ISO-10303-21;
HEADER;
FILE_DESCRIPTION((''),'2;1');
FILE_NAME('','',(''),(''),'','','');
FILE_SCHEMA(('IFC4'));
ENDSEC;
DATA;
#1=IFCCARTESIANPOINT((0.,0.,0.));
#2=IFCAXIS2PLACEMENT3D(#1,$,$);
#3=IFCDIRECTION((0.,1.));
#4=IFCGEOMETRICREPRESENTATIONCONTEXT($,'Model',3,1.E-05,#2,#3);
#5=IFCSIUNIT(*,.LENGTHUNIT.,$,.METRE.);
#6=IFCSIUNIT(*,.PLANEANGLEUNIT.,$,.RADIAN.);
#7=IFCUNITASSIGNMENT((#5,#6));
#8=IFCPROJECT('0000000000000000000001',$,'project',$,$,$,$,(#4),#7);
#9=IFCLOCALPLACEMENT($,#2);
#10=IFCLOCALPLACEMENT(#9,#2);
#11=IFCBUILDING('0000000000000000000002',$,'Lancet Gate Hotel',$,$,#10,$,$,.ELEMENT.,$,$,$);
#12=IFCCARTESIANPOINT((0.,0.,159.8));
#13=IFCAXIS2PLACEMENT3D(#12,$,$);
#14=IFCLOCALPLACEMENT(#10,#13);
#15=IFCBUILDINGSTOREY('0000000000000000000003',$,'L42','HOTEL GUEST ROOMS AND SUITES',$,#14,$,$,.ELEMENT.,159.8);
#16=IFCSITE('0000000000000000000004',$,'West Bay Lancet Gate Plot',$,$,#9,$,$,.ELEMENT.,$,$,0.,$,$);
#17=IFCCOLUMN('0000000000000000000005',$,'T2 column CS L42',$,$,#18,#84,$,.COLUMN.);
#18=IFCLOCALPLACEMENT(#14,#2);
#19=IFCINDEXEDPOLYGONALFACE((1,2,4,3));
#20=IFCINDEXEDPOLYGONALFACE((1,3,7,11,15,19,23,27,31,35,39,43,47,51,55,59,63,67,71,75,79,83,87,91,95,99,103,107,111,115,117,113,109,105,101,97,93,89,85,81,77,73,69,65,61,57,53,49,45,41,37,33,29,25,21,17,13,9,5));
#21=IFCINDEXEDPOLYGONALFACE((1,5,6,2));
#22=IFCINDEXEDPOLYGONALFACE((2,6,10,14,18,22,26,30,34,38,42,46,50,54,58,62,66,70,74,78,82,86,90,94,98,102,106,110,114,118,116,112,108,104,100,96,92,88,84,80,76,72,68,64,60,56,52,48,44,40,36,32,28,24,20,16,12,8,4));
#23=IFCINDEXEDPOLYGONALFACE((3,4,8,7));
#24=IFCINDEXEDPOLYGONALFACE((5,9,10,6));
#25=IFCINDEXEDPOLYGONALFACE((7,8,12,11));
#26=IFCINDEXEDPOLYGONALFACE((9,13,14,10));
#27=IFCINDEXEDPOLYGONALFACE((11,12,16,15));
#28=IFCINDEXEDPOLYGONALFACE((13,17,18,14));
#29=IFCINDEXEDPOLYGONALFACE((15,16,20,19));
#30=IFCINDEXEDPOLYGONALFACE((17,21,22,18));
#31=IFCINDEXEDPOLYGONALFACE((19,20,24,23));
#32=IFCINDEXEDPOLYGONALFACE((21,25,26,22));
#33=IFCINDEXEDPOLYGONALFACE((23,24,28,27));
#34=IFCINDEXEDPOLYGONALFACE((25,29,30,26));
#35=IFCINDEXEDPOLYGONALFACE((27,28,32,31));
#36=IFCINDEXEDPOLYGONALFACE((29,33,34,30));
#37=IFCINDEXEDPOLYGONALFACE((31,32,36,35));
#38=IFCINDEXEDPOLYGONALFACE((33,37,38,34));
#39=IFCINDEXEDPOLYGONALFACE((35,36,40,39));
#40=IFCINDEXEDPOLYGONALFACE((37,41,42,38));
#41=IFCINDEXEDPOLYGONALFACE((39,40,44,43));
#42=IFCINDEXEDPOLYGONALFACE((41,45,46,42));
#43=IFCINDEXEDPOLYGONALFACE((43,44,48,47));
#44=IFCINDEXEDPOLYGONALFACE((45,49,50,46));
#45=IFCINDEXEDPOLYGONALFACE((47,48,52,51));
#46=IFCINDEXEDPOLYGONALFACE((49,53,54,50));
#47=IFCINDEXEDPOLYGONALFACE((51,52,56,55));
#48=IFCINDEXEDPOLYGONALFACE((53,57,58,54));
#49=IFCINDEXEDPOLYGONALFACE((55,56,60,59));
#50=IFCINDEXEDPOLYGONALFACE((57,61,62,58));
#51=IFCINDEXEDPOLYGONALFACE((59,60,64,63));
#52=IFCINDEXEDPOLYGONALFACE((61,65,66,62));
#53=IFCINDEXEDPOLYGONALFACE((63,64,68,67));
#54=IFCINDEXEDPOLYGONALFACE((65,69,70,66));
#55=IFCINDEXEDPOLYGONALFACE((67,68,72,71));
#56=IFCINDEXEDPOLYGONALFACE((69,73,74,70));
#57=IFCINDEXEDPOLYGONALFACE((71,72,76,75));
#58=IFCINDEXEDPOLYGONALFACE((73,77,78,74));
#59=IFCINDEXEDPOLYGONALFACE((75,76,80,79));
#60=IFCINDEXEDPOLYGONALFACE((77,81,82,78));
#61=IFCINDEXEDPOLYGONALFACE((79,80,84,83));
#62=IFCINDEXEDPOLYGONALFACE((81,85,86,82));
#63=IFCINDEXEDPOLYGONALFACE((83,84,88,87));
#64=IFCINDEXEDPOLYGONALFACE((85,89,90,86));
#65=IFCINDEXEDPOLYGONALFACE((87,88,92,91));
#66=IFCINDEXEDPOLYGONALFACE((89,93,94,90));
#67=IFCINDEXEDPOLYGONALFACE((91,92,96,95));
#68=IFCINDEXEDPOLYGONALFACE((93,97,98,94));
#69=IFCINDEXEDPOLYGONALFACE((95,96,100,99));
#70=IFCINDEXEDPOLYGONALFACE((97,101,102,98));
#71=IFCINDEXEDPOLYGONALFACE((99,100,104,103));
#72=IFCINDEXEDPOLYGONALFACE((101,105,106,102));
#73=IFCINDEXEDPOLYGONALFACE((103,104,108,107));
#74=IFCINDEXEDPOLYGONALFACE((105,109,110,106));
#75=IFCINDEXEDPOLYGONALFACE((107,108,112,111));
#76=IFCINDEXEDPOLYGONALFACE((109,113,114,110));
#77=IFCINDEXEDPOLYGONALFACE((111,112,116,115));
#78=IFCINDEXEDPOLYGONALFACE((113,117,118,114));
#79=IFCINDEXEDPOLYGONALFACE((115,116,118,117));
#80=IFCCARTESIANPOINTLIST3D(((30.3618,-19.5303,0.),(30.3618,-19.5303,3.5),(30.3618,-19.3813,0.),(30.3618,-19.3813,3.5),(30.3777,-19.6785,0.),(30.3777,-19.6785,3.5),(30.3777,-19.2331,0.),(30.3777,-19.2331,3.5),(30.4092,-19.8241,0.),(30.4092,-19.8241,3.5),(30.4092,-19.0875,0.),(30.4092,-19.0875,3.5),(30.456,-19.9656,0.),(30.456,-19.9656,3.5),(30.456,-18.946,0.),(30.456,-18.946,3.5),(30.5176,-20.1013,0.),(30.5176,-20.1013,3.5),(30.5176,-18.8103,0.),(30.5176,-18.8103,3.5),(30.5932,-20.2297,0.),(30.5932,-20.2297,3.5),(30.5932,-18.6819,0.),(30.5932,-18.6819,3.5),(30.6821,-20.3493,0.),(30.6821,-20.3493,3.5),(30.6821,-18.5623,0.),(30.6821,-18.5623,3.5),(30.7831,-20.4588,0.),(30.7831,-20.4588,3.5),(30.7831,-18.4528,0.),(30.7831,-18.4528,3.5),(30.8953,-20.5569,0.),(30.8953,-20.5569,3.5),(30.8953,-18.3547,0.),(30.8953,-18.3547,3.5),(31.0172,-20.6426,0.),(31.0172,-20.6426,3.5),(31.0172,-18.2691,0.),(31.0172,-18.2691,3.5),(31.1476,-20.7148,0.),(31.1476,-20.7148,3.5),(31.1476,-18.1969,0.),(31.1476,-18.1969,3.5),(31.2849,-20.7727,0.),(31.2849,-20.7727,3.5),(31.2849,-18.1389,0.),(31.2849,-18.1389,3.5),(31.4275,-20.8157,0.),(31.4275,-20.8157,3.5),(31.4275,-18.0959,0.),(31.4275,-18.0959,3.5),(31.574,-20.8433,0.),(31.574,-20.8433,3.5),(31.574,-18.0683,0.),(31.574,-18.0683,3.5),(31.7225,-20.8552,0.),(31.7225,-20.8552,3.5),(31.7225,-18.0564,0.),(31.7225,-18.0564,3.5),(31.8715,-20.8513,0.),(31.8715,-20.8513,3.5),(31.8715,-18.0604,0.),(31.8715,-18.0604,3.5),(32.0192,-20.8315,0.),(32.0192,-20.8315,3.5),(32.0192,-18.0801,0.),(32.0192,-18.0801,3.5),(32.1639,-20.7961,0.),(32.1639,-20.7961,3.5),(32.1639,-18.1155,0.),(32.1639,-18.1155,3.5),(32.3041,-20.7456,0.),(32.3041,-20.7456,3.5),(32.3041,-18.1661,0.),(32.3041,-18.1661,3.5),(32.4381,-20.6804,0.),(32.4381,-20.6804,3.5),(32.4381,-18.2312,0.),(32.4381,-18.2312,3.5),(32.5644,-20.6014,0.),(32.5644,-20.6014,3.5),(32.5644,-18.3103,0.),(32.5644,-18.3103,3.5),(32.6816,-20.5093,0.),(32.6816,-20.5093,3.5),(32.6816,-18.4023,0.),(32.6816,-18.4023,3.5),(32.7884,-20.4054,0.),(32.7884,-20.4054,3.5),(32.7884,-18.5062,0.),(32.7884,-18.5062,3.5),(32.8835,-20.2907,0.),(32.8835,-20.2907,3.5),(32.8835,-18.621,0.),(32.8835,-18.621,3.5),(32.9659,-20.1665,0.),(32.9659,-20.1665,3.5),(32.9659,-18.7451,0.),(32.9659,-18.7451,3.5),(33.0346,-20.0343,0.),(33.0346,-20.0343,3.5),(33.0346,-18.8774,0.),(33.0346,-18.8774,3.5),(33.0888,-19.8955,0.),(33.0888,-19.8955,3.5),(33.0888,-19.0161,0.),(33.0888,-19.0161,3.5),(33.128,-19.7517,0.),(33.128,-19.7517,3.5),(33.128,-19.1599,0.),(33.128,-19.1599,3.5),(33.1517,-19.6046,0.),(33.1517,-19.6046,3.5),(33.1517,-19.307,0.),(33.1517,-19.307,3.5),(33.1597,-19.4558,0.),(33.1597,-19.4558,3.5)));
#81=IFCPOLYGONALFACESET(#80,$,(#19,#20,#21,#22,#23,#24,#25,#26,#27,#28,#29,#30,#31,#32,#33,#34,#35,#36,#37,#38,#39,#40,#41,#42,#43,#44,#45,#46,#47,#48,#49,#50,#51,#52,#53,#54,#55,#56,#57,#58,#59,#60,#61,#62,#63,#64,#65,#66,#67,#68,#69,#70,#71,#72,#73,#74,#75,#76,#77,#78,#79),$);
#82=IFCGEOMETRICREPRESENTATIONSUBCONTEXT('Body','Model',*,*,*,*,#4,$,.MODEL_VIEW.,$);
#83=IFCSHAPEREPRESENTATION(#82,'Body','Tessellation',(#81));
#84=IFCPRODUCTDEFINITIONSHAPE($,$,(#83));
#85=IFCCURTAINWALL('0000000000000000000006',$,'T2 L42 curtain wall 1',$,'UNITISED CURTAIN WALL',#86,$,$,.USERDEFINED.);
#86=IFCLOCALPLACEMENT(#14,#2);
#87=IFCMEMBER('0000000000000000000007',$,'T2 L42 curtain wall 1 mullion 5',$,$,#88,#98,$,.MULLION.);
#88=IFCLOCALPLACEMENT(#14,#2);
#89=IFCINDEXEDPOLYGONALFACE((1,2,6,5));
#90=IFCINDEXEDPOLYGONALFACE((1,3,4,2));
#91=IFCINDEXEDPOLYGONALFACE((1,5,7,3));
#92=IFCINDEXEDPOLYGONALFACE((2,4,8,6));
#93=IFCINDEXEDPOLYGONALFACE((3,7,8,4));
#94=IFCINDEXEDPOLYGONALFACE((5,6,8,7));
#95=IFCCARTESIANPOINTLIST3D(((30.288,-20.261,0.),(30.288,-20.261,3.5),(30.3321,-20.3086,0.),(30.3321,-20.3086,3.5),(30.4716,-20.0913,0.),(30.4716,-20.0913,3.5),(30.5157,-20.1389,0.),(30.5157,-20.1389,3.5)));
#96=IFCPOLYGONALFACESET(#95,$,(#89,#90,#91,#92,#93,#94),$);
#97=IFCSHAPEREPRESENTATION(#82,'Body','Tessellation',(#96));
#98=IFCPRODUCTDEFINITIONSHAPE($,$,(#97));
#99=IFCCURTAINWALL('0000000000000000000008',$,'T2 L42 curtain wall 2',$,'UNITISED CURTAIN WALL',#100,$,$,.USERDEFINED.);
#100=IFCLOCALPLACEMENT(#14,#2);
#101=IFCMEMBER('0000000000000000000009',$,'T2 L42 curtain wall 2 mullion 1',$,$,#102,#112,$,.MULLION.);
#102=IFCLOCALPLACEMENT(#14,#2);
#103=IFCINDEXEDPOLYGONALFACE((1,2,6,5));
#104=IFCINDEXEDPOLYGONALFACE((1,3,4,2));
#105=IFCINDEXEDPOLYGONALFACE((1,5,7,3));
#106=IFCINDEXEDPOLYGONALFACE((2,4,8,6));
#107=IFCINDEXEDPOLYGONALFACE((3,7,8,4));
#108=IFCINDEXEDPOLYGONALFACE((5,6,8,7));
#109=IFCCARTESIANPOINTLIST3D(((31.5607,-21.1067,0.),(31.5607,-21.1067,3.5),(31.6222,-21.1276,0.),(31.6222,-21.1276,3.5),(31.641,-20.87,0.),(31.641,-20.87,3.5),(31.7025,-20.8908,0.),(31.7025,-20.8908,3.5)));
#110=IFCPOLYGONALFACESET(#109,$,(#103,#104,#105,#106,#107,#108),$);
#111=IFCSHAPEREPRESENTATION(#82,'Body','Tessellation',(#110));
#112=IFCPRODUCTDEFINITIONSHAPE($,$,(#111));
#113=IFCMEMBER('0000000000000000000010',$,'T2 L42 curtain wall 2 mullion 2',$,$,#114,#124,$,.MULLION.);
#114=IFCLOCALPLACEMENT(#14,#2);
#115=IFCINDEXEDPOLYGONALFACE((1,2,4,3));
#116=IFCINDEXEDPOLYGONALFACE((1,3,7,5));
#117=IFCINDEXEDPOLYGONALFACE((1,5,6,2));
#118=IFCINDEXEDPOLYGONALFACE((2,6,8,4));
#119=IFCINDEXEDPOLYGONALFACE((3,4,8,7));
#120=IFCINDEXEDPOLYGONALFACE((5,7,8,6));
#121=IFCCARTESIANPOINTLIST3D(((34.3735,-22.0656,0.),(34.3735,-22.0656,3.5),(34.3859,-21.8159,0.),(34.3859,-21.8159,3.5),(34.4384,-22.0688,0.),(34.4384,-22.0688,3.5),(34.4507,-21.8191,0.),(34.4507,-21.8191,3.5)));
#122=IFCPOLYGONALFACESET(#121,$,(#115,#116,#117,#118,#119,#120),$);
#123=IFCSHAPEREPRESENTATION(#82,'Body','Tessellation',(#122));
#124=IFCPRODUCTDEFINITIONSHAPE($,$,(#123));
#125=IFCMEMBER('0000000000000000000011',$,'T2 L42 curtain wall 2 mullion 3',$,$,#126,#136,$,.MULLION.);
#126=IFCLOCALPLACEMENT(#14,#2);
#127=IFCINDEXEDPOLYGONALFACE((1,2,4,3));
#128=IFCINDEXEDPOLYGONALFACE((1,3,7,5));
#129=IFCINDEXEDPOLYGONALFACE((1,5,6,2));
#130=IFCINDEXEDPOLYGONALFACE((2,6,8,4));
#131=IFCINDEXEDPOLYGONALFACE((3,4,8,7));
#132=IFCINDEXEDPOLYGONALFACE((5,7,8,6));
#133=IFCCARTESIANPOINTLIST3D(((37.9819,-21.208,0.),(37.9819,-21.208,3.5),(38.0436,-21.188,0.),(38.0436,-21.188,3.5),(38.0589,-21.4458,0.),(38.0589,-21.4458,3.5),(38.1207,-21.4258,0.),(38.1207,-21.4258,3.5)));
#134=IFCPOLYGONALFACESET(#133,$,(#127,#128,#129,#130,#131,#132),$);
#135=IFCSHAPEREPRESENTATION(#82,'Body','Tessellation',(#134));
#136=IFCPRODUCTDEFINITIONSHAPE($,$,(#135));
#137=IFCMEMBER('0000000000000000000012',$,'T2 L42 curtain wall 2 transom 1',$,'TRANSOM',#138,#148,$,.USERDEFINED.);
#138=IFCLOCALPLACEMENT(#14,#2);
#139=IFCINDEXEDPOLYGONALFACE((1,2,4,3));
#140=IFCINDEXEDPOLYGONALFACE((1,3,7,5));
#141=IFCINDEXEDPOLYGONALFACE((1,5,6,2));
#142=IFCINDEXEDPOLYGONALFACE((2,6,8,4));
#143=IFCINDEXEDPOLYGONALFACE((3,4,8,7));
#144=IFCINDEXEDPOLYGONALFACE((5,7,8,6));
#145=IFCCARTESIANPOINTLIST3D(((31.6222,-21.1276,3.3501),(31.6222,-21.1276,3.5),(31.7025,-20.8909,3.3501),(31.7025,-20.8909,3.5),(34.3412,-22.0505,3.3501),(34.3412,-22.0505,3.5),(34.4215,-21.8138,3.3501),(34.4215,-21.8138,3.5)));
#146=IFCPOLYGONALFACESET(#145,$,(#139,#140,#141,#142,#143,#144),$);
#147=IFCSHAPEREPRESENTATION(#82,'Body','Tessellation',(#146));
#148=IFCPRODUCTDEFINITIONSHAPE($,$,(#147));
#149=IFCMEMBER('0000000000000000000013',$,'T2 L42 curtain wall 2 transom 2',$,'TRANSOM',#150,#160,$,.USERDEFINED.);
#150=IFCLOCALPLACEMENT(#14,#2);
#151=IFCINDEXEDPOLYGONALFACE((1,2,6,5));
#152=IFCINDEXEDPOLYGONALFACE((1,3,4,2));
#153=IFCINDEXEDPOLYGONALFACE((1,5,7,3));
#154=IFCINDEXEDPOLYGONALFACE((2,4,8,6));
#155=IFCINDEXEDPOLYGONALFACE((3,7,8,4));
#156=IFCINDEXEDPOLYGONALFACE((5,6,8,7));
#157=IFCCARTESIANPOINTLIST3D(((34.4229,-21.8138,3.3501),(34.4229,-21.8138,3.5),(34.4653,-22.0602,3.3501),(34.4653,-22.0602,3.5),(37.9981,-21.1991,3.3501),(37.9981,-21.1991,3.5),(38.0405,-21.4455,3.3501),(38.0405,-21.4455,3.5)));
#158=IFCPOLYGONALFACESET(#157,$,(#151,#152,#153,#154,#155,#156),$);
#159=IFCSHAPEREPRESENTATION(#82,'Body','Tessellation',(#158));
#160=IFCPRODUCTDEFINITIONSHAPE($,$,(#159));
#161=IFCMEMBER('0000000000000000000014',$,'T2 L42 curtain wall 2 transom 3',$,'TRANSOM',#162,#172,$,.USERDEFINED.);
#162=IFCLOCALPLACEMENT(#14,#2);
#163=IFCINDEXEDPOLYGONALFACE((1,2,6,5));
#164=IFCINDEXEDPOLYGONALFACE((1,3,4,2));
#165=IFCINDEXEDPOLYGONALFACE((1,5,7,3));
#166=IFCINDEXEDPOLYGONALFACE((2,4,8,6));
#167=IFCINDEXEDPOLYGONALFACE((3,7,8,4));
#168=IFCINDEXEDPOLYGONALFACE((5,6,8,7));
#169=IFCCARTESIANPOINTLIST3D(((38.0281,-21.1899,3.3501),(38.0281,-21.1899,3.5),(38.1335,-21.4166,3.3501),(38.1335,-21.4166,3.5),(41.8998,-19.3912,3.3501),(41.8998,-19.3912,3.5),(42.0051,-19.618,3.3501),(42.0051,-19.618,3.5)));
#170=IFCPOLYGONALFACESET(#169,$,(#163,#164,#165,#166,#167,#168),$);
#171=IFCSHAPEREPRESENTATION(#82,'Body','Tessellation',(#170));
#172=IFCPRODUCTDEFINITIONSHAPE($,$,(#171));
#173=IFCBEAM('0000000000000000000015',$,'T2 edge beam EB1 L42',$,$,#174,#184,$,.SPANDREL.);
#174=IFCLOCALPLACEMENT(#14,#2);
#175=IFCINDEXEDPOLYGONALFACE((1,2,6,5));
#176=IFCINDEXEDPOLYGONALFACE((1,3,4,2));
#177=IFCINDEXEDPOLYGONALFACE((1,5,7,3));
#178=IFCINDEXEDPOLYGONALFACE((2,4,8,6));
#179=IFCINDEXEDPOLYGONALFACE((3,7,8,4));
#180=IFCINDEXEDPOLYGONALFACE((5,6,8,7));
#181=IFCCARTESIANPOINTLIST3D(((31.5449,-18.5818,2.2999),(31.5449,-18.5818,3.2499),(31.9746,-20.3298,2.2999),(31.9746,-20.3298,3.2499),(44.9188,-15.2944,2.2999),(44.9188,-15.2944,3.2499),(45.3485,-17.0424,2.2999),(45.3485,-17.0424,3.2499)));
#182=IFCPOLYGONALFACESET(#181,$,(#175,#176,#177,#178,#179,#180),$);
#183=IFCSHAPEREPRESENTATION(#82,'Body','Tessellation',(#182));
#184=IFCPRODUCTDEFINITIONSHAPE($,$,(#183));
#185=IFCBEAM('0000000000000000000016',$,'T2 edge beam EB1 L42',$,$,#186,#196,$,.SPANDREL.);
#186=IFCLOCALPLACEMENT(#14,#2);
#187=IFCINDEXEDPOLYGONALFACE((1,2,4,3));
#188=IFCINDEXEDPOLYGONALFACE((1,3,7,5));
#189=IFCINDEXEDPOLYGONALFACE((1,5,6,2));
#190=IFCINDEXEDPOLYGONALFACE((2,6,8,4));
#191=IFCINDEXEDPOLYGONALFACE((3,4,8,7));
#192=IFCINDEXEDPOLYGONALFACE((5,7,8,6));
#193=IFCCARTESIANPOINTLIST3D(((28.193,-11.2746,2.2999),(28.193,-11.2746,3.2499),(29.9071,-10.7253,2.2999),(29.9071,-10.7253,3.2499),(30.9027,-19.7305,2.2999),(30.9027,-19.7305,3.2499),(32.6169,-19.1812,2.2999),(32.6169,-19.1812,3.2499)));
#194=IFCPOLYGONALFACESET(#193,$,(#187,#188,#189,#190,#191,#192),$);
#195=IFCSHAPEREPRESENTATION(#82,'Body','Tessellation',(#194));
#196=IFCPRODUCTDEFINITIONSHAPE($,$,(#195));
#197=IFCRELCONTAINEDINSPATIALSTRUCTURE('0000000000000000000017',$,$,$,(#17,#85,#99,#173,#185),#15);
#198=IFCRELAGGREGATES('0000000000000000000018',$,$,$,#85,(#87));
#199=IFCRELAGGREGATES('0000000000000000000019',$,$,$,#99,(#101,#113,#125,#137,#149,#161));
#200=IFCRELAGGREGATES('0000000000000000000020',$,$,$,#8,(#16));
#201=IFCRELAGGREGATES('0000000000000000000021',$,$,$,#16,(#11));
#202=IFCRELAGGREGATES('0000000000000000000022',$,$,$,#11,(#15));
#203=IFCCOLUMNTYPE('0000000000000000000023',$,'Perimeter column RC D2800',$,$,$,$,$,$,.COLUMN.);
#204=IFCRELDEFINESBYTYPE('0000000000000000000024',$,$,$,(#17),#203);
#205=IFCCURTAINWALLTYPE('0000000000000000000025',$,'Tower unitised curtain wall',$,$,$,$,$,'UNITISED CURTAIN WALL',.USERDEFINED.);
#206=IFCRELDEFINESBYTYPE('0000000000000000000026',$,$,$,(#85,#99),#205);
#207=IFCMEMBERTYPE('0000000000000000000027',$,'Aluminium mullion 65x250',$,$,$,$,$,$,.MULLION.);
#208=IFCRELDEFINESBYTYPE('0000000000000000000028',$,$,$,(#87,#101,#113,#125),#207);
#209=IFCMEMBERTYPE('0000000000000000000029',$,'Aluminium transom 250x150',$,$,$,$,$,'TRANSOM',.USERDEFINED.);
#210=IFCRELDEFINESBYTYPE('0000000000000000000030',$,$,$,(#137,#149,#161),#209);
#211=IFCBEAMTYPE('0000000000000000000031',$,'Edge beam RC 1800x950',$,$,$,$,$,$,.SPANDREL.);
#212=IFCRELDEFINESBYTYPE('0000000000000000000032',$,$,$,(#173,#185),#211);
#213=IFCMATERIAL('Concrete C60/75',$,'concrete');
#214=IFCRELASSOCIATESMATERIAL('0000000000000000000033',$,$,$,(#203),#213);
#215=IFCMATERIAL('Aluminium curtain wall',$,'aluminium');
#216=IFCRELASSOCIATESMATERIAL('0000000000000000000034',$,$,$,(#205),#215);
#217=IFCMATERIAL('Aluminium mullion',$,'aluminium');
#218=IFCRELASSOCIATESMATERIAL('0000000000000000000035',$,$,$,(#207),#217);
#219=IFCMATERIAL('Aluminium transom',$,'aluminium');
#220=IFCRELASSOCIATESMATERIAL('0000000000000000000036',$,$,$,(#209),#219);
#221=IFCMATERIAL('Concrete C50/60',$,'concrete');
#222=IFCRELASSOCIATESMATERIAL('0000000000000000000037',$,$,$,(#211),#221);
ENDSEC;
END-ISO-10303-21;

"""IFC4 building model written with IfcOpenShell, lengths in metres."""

from ifc_helpers import new_model, si_unit, direction, frame, origin, origin_2d, place, context, subcontext, project, spatial, rectangle, circle, extrude, material, material_profile, profile_set, type_object, element, aggregate, save


model = new_model("IFC4")

# Units and contexts
model_context = context("Model", 3, precision=1e-05, world=origin(), true_north=direction((0.0, 1.0)))
body_context = subcontext(model_context, "Body", "Model", "MODEL_VIEW")
ifc_project = project(units=[si_unit("LENGTHUNIT", "METRE"), si_unit("PLANEANGLEUNIT", "RADIAN")], contexts=[model_context])

# Site, building, storey
site_placement = place(None, origin())
site = spatial("IfcSite", under=ifc_project, at=site_placement, Name="West Bay Lancet Gate Plot", CompositionType="ELEMENT", RefElevation=0.0)
building_placement = place(site_placement, origin())
building = spatial("IfcBuilding", under=site, at=building_placement, Name="Lancet Gate Hotel", CompositionType="ELEMENT")
storey_placement = place(building_placement, frame((0.0, 0.0, 159.8)))
storey = spatial("IfcBuildingStorey", under=building, at=storey_placement, Name="L42", Description="HOTEL GUEST ROOMS AND SUITES", CompositionType="ELEMENT", Elevation=159.8)

# Column
ifc_material_1 = material(Name="Concrete C60/75", Category="concrete")
ifc_material_profile_1 = material_profile(ifc_material_1, circle(Radius=1.3999, at=origin_2d()), Name="RC D2800")
ifc_profile_set_1 = profile_set([ifc_material_profile_1], Name="Concrete C60/75")
column_type = type_object("IfcColumnType", Name="Perimeter column RC D2800", PredefinedType="COLUMN", material=ifc_profile_set_1)
column_placement = place(storey_placement, frame((31.7598, -19.4558, 0.0), z_axis=(0.0, 0.0, 1.0), x_axis=(1.0, 0.0, 0.0)))
element("IfcColumn", 1, at=column_placement, inside=storey, type_object=column_type, Name="T2 column CS L42", PredefinedType="COLUMN", context=body_context, shape_type="SweptSolid", body=[
    extrude(circle(Radius=1.3999, at=origin_2d()), origin(), (0.0, 0.0, 1.0), 3.5),
])

# Curtain wall, member
ifc_material_2 = material(Name="Aluminium curtain wall", Category="aluminium")
curtain_wall_type = type_object("IfcCurtainWallType", Name="Tower unitised curtain wall", ElementType="UNITISED CURTAIN WALL", PredefinedType="USERDEFINED", material=ifc_material_2)
curtain_wall_1_placement = place(storey_placement, origin())
curtain_wall_1 = element("IfcCurtainWall", 2, at=curtain_wall_1_placement, inside=storey, type_object=curtain_wall_type, Name="T2 L42 curtain wall 1", ObjectType="UNITISED CURTAIN WALL", PredefinedType="USERDEFINED")
ifc_material_3 = material(Name="Aluminium mullion", Category="aluminium")
ifc_material_profile_2 = material_profile(ifc_material_3, rectangle(XDim=0.0649, YDim=0.25, at=origin_2d()), Name="MULLION 65x250")
ifc_profile_set_2 = profile_set([ifc_material_profile_2], Name="Aluminium mullion")
member_type_1 = type_object("IfcMemberType", Name="Aluminium mullion 65x250", PredefinedType="MULLION", material=ifc_profile_set_2)
member_1_placement = place(storey_placement, frame((30.4019, -20.2, 0.0), z_axis=(0.0, 0.0, 1.0), x_axis=(0.678831, -0.734294, 0.0)))
member_1 = element("IfcMember", 3, at=member_1_placement, type_object=member_type_1, Name="T2 L42 curtain wall 1 mullion 5", PredefinedType="MULLION", context=body_context, shape_type="SweptSolid", body=[
    extrude(rectangle(XDim=0.0649, YDim=0.25, at=origin_2d()), origin(), (0.0, 0.0, 1.0), 3.5),
])
aggregate(curtain_wall_1, [member_1])

# Curtain wall, members
curtain_wall_2_placement = place(storey_placement, origin())
curtain_wall_2 = element("IfcCurtainWall", 4, at=curtain_wall_2_placement, inside=storey, type_object=curtain_wall_type, Name="T2 L42 curtain wall 2", ObjectType="UNITISED CURTAIN WALL", PredefinedType="USERDEFINED")
member_2_placement = place(storey_placement, frame((31.6316, -20.9988, 0.0), z_axis=(0.0, 0.0, 1.0), x_axis=(0.946952, -0.321374, 0.0)))
member_2 = element("IfcMember", 5, at=member_2_placement, type_object=member_type_1, Name="T2 L42 curtain wall 2 mullion 1", PredefinedType="MULLION", context=body_context, shape_type="SweptSolid", body=[
    extrude(rectangle(XDim=0.0649, YDim=0.25, at=origin_2d()), origin(), (0.0, 0.0, 1.0), 3.5),
])
member_3_placement = place(storey_placement, frame((34.4121, -21.9424, 0.0), z_axis=(0.0, 0.0, 1.0), x_axis=(0.998776, -0.049471, 0.0)))
member_3 = element("IfcMember", 6, at=member_3_placement, type_object=member_type_1, Name="T2 L42 curtain wall 2 mullion 2", PredefinedType="MULLION", context=body_context, shape_type="SweptSolid", body=[
    extrude(rectangle(XDim=0.0649, YDim=0.25, at=origin_2d()), origin(), (0.0, 0.0, 1.0), 3.5),
])
member_4_placement = place(storey_placement, frame((38.0513, -21.3169, 0.0), z_axis=(0.0, 0.0, 1.0), x_axis=(0.951355, 0.308095, 0.0)))
member_4 = element("IfcMember", 7, at=member_4_placement, type_object=member_type_1, Name="T2 L42 curtain wall 2 mullion 3", PredefinedType="MULLION", context=body_context, shape_type="SweptSolid", body=[
    extrude(rectangle(XDim=0.0649, YDim=0.25, at=origin_2d()), origin(), (0.0, 0.0, 1.0), 3.5),
])
ifc_material_4 = material(Name="Aluminium transom", Category="aluminium")
ifc_material_profile_3 = material_profile(ifc_material_4, rectangle(XDim=0.25, YDim=0.1499, at=origin_2d()), Name="TRANSOM 250x150")
ifc_profile_set_3 = profile_set([ifc_material_profile_3], Name="Aluminium transom")
member_type_2 = type_object("IfcMemberType", Name="Aluminium transom 250x150", ElementType="TRANSOM", PredefinedType="USERDEFINED", material=ifc_profile_set_3)
member_5_placement = place(storey_placement, frame((31.6624, -21.0093, 3.425), z_axis=(0.946943, -0.321401, 0.0), x_axis=(0.321401, 0.946943, 0.0)))
member_5 = element("IfcMember", 8, at=member_5_placement, type_object=member_type_2, Name="T2 L42 curtain wall 2 transom 1", ObjectType="TRANSOM", PredefinedType="USERDEFINED", context=body_context, shape_type="SweptSolid", body=[
    extrude(rectangle(XDim=0.25, YDim=0.1499, at=origin_2d()), origin(), (0.0, 0.0, 1.0), 2.8713),
])
member_6_placement = place(storey_placement, frame((34.4441, -21.937, 3.425), z_axis=(0.985537, 0.169461, 0.0), x_axis=(-0.169461, 0.985537, 0.0)))
member_6 = element("IfcMember", 9, at=member_6_placement, type_object=member_type_2, Name="T2 L42 curtain wall 2 transom 2", ObjectType="TRANSOM", PredefinedType="USERDEFINED", context=body_context, shape_type="SweptSolid", body=[
    extrude(rectangle(XDim=0.25, YDim=0.1499, at=origin_2d()), origin(), (0.0, 0.0, 1.0), 3.6277),
])
member_7_placement = place(storey_placement, frame((38.0808, -21.3032, 3.425), z_axis=(0.906914, 0.421316, 0.0), x_axis=(-0.421316, 0.906914, 0.0)))
member_7 = element("IfcMember", 10, at=member_7_placement, type_object=member_type_2, Name="T2 L42 curtain wall 2 transom 3", ObjectType="TRANSOM", PredefinedType="USERDEFINED", context=body_context, shape_type="SweptSolid", body=[
    extrude(rectangle(XDim=0.25, YDim=0.1499, at=origin_2d()), origin(), (0.0, 0.0, 1.0), 4.269),
])

# Beams
ifc_material_5 = material(Name="Concrete C50/60", Category="concrete")
ifc_material_profile_4 = material_profile(ifc_material_5, rectangle(XDim=1.8, YDim=0.95, at=origin_2d()), Name="RC 1800x950")
ifc_profile_set_4 = profile_set([ifc_material_profile_4], Name="Concrete C50/60")
beam_type_1 = type_object("IfcBeamType", Name="Edge beam RC 1800x950", PredefinedType="SPANDREL", material=ifc_profile_set_4)
beam_1_placement = place(storey_placement, frame((31.7598, -19.4558, 2.7749), z_axis=(0.971093, 0.2387, 0.0), x_axis=(-0.2387, 0.971093, 0.0)))
element("IfcBeam", 11, at=beam_1_placement, inside=storey, type_object=beam_type_1, Name="T2 edge beam EB1 L42", PredefinedType="SPANDREL", context=body_context, shape_type="SweptSolid", body=[
    extrude(rectangle(XDim=1.8, YDim=0.95, at=origin_2d()), origin(), (0.0, 0.0, 1.0), 13.772),
])
beam_2_placement = place(storey_placement, frame((31.7598, -19.4558, 2.7749), z_axis=(-0.30517, 0.952298, 0.0), x_axis=(-0.952298, -0.30517, 0.0)))
element("IfcBeam", 12, at=beam_2_placement, inside=storey, type_object=beam_type_1, Name="T2 edge beam EB1 L42", PredefinedType="SPANDREL", context=body_context, shape_type="SweptSolid", body=[
    extrude(rectangle(XDim=1.8, YDim=0.95, at=origin_2d()), origin(), (0.0, 0.0, 1.0), 8.8794),
])

aggregate(curtain_wall_2, [member_2, member_3, member_4, member_5, member_6, member_7])

save(model, "model.ifc")
